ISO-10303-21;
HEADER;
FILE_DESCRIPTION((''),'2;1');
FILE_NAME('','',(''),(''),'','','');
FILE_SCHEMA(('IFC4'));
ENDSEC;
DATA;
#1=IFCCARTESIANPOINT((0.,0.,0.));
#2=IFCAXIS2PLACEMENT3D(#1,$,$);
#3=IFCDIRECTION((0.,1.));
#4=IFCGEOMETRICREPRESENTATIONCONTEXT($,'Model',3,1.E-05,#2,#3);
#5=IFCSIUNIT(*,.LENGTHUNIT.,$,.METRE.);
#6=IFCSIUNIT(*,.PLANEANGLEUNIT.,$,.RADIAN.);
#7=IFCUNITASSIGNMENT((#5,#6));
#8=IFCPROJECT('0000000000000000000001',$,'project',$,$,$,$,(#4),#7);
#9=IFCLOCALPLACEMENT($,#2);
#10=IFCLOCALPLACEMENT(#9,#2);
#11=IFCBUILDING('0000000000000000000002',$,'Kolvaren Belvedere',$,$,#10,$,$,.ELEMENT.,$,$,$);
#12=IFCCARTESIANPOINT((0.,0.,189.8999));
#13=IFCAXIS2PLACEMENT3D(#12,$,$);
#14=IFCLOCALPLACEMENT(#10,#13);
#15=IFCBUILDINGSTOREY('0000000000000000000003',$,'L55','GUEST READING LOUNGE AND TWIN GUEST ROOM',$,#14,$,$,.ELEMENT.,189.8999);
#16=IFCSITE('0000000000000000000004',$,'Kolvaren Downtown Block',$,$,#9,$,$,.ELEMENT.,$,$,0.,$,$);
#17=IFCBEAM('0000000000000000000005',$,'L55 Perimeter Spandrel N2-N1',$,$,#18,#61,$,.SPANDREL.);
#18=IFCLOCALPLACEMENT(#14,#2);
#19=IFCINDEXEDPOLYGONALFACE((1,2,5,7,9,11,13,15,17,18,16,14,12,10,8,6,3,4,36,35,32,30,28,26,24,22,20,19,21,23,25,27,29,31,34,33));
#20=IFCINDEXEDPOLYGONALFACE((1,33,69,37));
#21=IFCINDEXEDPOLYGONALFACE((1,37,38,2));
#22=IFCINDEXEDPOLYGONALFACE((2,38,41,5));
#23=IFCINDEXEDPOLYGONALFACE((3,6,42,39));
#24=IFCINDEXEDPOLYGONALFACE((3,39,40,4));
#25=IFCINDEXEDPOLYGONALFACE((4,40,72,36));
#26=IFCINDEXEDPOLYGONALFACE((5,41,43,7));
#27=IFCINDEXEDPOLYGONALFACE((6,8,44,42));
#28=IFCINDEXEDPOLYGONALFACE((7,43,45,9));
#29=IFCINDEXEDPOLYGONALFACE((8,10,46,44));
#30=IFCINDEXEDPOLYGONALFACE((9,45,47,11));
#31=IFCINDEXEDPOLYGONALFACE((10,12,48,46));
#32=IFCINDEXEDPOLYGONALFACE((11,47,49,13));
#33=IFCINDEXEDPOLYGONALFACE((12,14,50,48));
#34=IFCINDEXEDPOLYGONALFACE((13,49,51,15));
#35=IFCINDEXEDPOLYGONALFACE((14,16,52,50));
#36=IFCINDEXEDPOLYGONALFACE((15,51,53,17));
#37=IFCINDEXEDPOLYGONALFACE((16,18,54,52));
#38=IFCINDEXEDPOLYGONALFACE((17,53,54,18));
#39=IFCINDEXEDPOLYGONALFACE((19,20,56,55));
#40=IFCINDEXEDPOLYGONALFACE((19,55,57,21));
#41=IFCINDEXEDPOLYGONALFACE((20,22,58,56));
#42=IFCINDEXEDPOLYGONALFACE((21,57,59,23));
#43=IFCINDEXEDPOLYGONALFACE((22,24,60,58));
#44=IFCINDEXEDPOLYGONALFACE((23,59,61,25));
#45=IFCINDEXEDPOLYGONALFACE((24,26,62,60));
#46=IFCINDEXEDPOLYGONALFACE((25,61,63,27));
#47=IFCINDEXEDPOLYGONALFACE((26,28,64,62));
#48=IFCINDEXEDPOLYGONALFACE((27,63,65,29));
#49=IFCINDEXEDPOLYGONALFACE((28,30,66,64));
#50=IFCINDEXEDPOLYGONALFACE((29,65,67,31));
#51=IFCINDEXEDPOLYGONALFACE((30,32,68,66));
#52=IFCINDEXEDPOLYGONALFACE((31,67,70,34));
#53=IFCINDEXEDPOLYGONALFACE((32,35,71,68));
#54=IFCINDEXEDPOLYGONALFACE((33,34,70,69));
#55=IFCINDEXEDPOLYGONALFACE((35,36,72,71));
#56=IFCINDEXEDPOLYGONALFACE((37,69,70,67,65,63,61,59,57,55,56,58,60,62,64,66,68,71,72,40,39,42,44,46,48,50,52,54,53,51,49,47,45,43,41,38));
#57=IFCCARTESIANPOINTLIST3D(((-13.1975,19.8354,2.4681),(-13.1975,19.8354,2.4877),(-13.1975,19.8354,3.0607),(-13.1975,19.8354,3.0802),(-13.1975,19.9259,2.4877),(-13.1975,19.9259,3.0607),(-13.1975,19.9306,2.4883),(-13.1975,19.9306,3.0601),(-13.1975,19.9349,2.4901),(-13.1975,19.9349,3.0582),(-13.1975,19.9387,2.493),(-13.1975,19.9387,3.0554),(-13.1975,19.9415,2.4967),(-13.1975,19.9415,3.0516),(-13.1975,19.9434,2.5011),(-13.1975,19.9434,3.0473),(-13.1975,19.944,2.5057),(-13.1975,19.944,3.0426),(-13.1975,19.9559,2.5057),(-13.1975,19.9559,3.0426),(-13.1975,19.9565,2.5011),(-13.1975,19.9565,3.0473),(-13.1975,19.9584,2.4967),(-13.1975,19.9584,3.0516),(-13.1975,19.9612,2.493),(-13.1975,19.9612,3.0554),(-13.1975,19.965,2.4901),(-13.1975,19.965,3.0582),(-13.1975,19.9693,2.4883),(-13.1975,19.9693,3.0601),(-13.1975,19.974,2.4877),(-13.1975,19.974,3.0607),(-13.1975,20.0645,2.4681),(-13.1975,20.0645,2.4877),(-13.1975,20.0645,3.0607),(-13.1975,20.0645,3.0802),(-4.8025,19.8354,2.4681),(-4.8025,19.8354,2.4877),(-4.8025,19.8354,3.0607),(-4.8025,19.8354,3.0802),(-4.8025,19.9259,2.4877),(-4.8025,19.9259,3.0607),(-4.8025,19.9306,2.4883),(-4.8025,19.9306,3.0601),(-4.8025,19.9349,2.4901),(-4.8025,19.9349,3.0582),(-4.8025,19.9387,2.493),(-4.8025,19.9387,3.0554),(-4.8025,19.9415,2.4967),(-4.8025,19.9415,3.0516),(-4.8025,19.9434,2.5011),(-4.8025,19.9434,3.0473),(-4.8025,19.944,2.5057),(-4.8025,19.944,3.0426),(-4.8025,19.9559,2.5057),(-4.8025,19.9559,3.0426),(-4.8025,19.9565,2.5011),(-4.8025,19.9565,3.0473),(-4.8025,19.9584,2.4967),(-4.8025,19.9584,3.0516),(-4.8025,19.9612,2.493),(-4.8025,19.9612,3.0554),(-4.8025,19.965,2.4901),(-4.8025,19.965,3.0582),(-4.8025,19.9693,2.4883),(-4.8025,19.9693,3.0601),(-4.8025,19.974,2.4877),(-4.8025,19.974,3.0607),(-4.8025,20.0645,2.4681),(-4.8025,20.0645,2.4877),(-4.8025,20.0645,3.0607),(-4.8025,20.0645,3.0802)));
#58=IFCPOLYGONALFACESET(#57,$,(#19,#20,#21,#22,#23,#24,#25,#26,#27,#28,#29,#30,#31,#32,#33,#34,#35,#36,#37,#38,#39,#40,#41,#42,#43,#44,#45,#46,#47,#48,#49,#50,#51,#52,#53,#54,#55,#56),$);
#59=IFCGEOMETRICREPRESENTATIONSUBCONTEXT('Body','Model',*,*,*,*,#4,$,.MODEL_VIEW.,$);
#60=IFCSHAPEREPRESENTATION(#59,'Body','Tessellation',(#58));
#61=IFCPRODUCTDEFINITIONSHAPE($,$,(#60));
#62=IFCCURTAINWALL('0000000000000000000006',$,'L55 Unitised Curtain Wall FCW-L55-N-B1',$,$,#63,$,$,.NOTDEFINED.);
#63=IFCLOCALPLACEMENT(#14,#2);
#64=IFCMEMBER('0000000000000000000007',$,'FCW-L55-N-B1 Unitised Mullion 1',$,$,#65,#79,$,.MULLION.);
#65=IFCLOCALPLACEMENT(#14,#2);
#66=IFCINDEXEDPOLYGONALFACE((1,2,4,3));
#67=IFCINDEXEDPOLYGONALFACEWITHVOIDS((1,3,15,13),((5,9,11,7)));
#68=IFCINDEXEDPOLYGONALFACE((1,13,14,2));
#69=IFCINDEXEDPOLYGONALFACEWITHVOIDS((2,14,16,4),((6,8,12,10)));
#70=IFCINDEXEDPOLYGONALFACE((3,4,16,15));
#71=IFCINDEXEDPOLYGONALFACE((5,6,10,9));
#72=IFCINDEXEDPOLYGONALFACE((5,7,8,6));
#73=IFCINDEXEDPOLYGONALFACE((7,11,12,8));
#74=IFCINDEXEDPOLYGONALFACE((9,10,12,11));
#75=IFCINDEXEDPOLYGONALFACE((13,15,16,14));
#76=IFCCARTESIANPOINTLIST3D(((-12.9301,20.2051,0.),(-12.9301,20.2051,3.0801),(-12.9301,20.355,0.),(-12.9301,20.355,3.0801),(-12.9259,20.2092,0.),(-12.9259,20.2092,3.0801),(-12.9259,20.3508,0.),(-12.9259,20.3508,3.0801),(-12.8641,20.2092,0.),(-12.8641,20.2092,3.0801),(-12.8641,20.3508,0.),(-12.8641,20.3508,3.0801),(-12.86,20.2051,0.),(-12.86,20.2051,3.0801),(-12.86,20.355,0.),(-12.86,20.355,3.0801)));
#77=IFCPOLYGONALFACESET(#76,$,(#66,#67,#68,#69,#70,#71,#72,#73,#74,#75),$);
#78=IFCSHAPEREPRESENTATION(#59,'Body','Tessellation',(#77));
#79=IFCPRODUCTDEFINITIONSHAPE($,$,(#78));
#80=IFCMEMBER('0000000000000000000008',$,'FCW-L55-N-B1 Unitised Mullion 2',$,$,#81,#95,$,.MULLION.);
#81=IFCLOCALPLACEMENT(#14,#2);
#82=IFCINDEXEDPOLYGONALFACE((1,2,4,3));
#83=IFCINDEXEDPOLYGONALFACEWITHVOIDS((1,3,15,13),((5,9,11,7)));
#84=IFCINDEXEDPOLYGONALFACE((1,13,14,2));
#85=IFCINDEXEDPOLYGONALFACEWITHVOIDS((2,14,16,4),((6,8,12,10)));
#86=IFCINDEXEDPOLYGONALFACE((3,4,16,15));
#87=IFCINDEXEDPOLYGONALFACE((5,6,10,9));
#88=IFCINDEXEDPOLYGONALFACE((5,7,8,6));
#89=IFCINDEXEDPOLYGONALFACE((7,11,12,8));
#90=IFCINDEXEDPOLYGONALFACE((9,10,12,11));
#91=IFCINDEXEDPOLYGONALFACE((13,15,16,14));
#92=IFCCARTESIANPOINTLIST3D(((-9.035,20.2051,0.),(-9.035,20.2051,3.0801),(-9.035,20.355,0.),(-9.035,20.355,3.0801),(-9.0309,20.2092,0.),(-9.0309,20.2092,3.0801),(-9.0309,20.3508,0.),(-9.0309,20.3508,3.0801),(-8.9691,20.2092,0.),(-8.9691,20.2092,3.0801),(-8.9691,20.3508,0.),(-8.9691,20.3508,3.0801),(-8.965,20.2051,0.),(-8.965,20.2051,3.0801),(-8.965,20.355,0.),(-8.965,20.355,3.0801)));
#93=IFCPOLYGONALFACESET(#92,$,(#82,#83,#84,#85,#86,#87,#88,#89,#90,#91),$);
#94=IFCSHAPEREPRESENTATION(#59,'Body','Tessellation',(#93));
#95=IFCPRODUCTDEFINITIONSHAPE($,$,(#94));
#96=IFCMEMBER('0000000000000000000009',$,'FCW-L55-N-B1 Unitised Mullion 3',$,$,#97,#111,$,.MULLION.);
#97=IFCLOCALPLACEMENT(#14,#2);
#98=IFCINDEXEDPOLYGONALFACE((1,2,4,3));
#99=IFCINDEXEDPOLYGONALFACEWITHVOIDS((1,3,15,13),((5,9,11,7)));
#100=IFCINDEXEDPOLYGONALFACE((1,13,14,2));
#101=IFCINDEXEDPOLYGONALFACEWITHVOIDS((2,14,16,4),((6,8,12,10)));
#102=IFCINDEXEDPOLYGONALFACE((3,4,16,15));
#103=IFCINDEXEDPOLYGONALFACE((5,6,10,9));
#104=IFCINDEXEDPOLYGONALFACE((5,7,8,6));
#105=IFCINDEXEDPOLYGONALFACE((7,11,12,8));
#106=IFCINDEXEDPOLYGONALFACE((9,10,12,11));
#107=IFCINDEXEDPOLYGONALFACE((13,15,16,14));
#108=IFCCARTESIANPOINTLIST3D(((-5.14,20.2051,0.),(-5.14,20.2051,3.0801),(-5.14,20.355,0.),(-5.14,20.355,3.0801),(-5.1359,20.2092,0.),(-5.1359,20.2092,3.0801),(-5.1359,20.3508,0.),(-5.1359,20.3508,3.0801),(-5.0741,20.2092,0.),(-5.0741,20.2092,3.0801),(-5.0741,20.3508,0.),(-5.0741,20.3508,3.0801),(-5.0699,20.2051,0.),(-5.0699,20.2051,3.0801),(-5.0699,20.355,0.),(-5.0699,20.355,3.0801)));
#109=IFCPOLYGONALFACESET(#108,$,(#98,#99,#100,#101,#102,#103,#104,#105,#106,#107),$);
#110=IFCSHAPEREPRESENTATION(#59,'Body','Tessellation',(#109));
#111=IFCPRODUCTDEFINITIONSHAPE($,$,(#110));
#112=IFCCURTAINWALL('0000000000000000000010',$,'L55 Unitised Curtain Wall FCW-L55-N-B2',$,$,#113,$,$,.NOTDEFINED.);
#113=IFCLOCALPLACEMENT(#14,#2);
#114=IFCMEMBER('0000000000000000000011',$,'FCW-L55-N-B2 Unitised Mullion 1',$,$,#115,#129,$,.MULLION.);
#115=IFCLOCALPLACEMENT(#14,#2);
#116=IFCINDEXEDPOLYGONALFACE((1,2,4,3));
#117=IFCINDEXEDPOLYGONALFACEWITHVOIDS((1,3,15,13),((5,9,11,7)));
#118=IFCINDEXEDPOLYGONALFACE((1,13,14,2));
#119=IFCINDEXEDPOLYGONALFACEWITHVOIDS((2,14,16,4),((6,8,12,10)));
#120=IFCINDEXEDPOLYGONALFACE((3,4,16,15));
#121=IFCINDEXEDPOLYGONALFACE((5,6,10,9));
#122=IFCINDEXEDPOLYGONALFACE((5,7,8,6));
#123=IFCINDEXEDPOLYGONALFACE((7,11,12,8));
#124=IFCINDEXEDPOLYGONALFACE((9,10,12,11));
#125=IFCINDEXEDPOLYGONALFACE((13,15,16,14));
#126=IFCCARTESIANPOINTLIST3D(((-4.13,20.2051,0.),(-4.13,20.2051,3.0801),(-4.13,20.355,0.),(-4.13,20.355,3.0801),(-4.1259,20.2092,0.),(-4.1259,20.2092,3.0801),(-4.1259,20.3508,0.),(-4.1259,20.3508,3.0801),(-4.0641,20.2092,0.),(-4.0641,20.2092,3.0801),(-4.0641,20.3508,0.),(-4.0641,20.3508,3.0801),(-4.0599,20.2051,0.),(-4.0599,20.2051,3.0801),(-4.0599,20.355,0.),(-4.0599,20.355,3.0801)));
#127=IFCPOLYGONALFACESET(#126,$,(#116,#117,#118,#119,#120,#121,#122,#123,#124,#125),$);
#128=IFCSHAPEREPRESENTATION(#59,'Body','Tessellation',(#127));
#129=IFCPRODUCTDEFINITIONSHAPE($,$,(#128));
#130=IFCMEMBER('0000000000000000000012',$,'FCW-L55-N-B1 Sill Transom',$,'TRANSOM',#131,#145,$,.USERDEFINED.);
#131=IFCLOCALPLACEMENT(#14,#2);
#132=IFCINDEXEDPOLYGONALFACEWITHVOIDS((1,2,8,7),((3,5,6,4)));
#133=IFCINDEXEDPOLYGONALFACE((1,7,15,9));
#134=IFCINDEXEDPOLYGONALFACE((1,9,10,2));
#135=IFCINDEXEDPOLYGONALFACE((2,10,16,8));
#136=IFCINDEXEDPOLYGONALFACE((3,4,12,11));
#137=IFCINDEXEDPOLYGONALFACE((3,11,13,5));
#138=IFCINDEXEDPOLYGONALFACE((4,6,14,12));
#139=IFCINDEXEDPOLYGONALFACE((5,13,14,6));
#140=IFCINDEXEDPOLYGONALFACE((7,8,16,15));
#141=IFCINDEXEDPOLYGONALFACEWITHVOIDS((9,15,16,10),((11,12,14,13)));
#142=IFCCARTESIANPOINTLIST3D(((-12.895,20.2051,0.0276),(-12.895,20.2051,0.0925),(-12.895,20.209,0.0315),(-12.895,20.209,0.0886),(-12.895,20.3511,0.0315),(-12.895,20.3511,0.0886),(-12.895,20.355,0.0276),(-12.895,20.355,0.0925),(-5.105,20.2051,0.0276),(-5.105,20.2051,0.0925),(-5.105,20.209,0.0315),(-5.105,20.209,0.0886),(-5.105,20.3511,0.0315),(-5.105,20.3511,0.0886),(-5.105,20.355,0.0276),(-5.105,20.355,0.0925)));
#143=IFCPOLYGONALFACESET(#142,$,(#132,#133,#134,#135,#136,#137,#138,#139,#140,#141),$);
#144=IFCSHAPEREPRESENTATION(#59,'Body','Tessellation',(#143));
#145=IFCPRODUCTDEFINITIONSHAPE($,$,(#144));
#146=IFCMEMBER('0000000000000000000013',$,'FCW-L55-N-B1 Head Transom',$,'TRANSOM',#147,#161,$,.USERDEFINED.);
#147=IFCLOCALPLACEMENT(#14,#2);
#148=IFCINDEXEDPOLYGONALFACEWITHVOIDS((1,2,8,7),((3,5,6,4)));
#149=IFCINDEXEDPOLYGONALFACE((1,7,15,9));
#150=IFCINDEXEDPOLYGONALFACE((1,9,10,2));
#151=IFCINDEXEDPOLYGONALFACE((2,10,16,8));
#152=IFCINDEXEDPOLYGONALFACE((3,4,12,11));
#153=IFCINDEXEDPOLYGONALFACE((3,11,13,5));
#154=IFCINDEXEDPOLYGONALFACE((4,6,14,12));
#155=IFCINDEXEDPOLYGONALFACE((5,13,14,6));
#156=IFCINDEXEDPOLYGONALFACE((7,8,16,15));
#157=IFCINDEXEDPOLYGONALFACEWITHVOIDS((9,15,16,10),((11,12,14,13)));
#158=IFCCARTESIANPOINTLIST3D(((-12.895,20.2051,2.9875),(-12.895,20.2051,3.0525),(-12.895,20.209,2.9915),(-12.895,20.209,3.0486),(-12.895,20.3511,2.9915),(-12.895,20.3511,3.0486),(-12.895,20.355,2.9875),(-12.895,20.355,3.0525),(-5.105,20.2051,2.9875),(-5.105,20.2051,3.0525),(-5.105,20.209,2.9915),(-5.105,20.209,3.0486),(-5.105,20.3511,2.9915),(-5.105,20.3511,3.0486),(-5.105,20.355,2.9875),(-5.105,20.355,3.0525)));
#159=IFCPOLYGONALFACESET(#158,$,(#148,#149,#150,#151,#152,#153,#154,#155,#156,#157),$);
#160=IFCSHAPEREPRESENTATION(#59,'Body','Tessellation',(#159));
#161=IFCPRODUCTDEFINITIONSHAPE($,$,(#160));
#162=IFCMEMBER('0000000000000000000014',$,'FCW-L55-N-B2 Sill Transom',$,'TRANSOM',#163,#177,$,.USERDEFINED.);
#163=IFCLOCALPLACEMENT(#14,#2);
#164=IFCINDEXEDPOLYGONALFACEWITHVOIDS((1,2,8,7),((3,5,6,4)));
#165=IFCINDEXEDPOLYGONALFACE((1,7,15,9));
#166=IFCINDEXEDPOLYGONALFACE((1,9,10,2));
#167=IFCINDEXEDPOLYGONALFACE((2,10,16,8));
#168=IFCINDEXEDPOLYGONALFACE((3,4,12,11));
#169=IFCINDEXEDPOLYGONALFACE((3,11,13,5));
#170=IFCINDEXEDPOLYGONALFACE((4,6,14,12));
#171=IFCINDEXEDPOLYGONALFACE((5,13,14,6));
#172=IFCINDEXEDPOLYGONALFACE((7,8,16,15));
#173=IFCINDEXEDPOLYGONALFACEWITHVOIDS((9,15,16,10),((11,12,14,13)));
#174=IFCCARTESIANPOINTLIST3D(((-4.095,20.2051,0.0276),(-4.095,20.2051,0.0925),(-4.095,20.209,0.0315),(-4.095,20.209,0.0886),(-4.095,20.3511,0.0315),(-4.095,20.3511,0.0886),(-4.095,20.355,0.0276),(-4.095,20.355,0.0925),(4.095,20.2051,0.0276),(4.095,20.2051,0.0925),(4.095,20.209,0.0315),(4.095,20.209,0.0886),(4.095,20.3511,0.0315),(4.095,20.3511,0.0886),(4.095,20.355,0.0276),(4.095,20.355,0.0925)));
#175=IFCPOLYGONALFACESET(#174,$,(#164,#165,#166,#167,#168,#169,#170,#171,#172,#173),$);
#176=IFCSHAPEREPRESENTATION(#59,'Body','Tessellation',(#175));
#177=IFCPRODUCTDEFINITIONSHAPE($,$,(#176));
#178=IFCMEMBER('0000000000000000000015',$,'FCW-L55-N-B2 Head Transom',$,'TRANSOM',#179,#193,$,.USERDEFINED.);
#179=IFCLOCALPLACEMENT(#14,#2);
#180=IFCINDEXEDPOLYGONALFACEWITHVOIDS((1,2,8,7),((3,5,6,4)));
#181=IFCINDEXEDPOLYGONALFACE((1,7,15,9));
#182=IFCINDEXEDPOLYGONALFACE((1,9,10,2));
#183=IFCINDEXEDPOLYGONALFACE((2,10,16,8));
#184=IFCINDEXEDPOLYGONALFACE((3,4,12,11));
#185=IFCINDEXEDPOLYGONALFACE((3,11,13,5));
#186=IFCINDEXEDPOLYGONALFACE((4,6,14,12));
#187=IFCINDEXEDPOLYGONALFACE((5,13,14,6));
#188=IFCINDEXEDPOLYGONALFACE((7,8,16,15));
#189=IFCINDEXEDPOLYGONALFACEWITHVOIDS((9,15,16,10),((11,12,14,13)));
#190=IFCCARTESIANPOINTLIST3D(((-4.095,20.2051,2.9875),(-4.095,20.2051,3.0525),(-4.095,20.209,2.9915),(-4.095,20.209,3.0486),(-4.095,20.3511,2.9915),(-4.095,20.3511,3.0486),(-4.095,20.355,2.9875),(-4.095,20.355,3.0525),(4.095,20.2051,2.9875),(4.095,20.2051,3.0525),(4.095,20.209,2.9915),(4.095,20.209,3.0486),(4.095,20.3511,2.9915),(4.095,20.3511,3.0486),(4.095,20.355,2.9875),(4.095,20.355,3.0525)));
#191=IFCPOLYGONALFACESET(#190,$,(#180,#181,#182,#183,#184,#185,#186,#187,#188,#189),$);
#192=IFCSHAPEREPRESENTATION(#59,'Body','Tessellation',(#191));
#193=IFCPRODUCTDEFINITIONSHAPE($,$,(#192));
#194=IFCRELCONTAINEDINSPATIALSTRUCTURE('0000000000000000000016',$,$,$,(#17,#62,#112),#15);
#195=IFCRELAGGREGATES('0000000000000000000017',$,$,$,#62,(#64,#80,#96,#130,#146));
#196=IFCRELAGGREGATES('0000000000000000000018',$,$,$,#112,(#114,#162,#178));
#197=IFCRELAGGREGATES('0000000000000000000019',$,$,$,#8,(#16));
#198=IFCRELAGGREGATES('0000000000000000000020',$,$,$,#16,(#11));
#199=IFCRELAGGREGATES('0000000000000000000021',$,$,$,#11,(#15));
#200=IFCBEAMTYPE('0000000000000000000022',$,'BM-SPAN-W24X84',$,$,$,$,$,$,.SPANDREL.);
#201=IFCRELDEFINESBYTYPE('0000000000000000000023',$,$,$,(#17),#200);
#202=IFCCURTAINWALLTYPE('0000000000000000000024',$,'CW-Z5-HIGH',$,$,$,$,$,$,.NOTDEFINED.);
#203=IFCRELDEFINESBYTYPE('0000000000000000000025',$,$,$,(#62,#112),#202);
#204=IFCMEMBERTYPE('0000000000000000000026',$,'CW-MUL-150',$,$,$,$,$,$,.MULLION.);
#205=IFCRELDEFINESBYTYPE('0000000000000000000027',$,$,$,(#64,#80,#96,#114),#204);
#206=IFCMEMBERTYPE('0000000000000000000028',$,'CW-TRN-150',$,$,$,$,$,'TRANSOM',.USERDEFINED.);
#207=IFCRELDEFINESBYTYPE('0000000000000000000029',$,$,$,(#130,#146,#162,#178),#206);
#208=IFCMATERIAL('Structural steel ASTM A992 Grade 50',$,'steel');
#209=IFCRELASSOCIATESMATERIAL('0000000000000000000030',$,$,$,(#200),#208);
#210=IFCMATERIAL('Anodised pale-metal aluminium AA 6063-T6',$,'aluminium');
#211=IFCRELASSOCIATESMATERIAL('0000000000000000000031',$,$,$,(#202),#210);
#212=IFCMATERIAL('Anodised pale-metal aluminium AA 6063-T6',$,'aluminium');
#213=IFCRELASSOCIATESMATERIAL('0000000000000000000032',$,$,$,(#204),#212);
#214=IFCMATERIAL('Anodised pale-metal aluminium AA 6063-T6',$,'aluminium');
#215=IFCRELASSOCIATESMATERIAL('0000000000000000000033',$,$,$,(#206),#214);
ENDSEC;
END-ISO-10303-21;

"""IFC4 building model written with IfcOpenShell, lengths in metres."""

from ifc_helpers import new_model, si_unit, direction, frame, origin, origin_2d, place, context, subcontext, project, spatial, hollow_rectangle, i_section, extrude, material, material_profile, profile_set, type_object, element, aggregate, save


model = new_model("IFC4")

# Units and contexts
model_context = context("Model", 3, precision=1e-05, world=origin(), true_north=direction((0.0, 1.0)))
body_context = subcontext(model_context, "Body", "Model", "MODEL_VIEW")
ifc_project = project(units=[si_unit("LENGTHUNIT", "METRE"), si_unit("PLANEANGLEUNIT", "RADIAN")], contexts=[model_context])

# Site, building, storey
site_placement = place(None, origin())
site = spatial("IfcSite", under=ifc_project, at=site_placement, Name="Kolvaren Downtown Block", CompositionType="ELEMENT", RefElevation=0.0)
building_placement = place(site_placement, origin())
building = spatial("IfcBuilding", under=site, at=building_placement, Name="Kolvaren Belvedere", CompositionType="ELEMENT")
storey_placement = place(building_placement, frame((0.0, 0.0, 189.8999)))
storey = spatial("IfcBuildingStorey", under=building, at=storey_placement, Name="L55", Description="GUEST READING LOUNGE AND TWIN GUEST ROOM", CompositionType="ELEMENT", Elevation=189.8999)

# Beam
ifc_material_1 = material(Name="Structural steel ASTM A992 Grade 50", Category="steel")
ifc_material_profile_1 = material_profile(ifc_material_1, i_section(OverallWidth=0.229, OverallDepth=0.6121, WebThickness=0.012, FlangeThickness=0.0195, FilletRadius=0.0181, at=origin_2d()), Name="W24X84")
ifc_profile_set_1 = profile_set([ifc_material_profile_1], Name="Structural steel ASTM A992 Grade 50")
beam_type_1 = type_object("IfcBeamType", Name="BM-SPAN-W24X84", PredefinedType="SPANDREL", material=ifc_profile_set_1)
beam_1_placement = place(storey_placement, frame((-4.8025, 19.95, 2.7742), z_axis=(-1.0, 0.0, 0.0), x_axis=(0.0, -1.0, 0.0)))
element("IfcBeam", 1, at=beam_1_placement, inside=storey, type_object=beam_type_1, Name="L55 Perimeter Spandrel N2-N1", PredefinedType="SPANDREL", context=body_context, shape_type="SweptSolid", body=[
    extrude(i_section(OverallWidth=0.229, OverallDepth=0.6121, WebThickness=0.012, FlangeThickness=0.0195, FilletRadius=0.0181, at=origin_2d()), origin(), (0.0, 0.0, 1.0), 8.395),
])

# Curtain wall, members
ifc_material_2 = material(Name="Anodised pale-metal aluminium AA 6063-T6", Category="aluminium")
curtain_wall_type = type_object("IfcCurtainWallType", Name="CW-Z5-HIGH", PredefinedType="NOTDEFINED", material=ifc_material_2)
curtain_wall_1_placement = place(storey_placement, origin())
curtain_wall_1 = element("IfcCurtainWall", 2, at=curtain_wall_1_placement, inside=storey, type_object=curtain_wall_type, Name="L55 Unitised Curtain Wall FCW-L55-N-B1", PredefinedType="NOTDEFINED")
ifc_material_3 = material(Name="Anodised pale-metal aluminium AA 6063-T6", Category="aluminium")
ifc_material_profile_2 = material_profile(ifc_material_3, hollow_rectangle(XDim=0.0701, YDim=0.1499, WallThickness=0.0042, at=origin_2d()), Name="ALU-MUL-150X70")
ifc_profile_set_2 = profile_set([ifc_material_profile_2], Name="Anodised pale-metal aluminium AA 6063-T6")
member_type_1 = type_object("IfcMemberType", Name="CW-MUL-150", PredefinedType="MULLION", material=ifc_profile_set_2)
member_1_placement = place(storey_placement, frame((-12.895, 20.28, 0.0), z_axis=(0.0, 0.0, 1.0), x_axis=(1.0, 0.0, 0.0)))
member_1 = element("IfcMember", 3, at=member_1_placement, type_object=member_type_1, Name="FCW-L55-N-B1 Unitised Mullion 1", PredefinedType="MULLION", context=body_context, shape_type="SweptSolid", body=[
    extrude(hollow_rectangle(XDim=0.0701, YDim=0.1499, WallThickness=0.0042, at=origin_2d()), origin(), (0.0, 0.0, 1.0), 3.0801),
])
member_2_placement = place(storey_placement, frame((-9.0, 20.28, 0.0), z_axis=(0.0, 0.0, 1.0), x_axis=(1.0, 0.0, 0.0)))
member_2 = element("IfcMember", 4, at=member_2_placement, type_object=member_type_1, Name="FCW-L55-N-B1 Unitised Mullion 2", PredefinedType="MULLION", context=body_context, shape_type="SweptSolid", body=[
    extrude(hollow_rectangle(XDim=0.0701, YDim=0.1499, WallThickness=0.0042, at=origin_2d()), origin(), (0.0, 0.0, 1.0), 3.0801),
])
member_3_placement = place(storey_placement, frame((-5.105, 20.28, 0.0), z_axis=(0.0, 0.0, 1.0), x_axis=(1.0, 0.0, 0.0)))
member_3 = element("IfcMember", 5, at=member_3_placement, type_object=member_type_1, Name="FCW-L55-N-B1 Unitised Mullion 3", PredefinedType="MULLION", context=body_context, shape_type="SweptSolid", body=[
    extrude(hollow_rectangle(XDim=0.0701, YDim=0.1499, WallThickness=0.0042, at=origin_2d()), origin(), (0.0, 0.0, 1.0), 3.0801),
])

# Curtain wall, member
curtain_wall_2_placement = place(storey_placement, origin())
curtain_wall_2 = element("IfcCurtainWall", 6, at=curtain_wall_2_placement, inside=storey, type_object=curtain_wall_type, Name="L55 Unitised Curtain Wall FCW-L55-N-B2", PredefinedType="NOTDEFINED")
member_4_placement = place(storey_placement, frame((-4.095, 20.28, 0.0), z_axis=(0.0, 0.0, 1.0), x_axis=(1.0, 0.0, 0.0)))
member_4 = element("IfcMember", 7, at=member_4_placement, type_object=member_type_1, Name="FCW-L55-N-B2 Unitised Mullion 1", PredefinedType="MULLION", context=body_context, shape_type="SweptSolid", body=[
    extrude(hollow_rectangle(XDim=0.0701, YDim=0.1499, WallThickness=0.0042, at=origin_2d()), origin(), (0.0, 0.0, 1.0), 3.0801),
])

# Members
ifc_material_4 = material(Name="Anodised pale-metal aluminium AA 6063-T6", Category="aluminium")
ifc_material_profile_3 = material_profile(ifc_material_4, hollow_rectangle(XDim=0.0649, YDim=0.1499, WallThickness=0.0039, at=origin_2d()), Name="ALU-TRN-150X65")
ifc_profile_set_3 = profile_set([ifc_material_profile_3], Name="Anodised pale-metal aluminium AA 6063-T6")
member_type_2 = type_object("IfcMemberType", Name="CW-TRN-150", ElementType="TRANSOM", PredefinedType="USERDEFINED", material=ifc_profile_set_3)
member_5_placement = place(storey_placement, frame((-12.895, 20.28, 0.0601), z_axis=(1.0, 0.0, 0.0), x_axis=(0.0, 0.0, 1.0)))
member_5 = element("IfcMember", 8, at=member_5_placement, type_object=member_type_2, Name="FCW-L55-N-B1 Sill Transom", ObjectType="TRANSOM", PredefinedType="USERDEFINED", context=body_context, shape_type="SweptSolid", body=[
    extrude(hollow_rectangle(XDim=0.0649, YDim=0.1499, WallThickness=0.0039, at=origin_2d()), origin(), (0.0, 0.0, 1.0), 7.79),
])
member_6_placement = place(storey_placement, frame((-12.895, 20.28, 3.02), z_axis=(1.0, 0.0, 0.0), x_axis=(0.0, 0.0, 1.0)))
member_6 = element("IfcMember", 9, at=member_6_placement, type_object=member_type_2, Name="FCW-L55-N-B1 Head Transom", ObjectType="TRANSOM", PredefinedType="USERDEFINED", context=body_context, shape_type="SweptSolid", body=[
    extrude(hollow_rectangle(XDim=0.0649, YDim=0.1499, WallThickness=0.0039, at=origin_2d()), origin(), (0.0, 0.0, 1.0), 7.79),
])
member_7_placement = place(storey_placement, frame((-4.095, 20.28, 0.0601), z_axis=(1.0, 0.0, 0.0), x_axis=(0.0, 0.0, 1.0)))
member_7 = element("IfcMember", 10, at=member_7_placement, type_object=member_type_2, Name="FCW-L55-N-B2 Sill Transom", ObjectType="TRANSOM", PredefinedType="USERDEFINED", context=body_context, shape_type="SweptSolid", body=[
    extrude(hollow_rectangle(XDim=0.0649, YDim=0.1499, WallThickness=0.0039, at=origin_2d()), origin(), (0.0, 0.0, 1.0), 8.1899),
])
member_8_placement = place(storey_placement, frame((-4.095, 20.28, 3.02), z_axis=(1.0, 0.0, 0.0), x_axis=(0.0, 0.0, 1.0)))
member_8 = element("IfcMember", 11, at=member_8_placement, type_object=member_type_2, Name="FCW-L55-N-B2 Head Transom", ObjectType="TRANSOM", PredefinedType="USERDEFINED", context=body_context, shape_type="SweptSolid", body=[
    extrude(hollow_rectangle(XDim=0.0649, YDim=0.1499, WallThickness=0.0039, at=origin_2d()), origin(), (0.0, 0.0, 1.0), 8.1899),
])

aggregate(curtain_wall_1, [member_1, member_2, member_3, member_5, member_6])
aggregate(curtain_wall_2, [member_4, member_7, member_8])

save(model, "model.ifc")
